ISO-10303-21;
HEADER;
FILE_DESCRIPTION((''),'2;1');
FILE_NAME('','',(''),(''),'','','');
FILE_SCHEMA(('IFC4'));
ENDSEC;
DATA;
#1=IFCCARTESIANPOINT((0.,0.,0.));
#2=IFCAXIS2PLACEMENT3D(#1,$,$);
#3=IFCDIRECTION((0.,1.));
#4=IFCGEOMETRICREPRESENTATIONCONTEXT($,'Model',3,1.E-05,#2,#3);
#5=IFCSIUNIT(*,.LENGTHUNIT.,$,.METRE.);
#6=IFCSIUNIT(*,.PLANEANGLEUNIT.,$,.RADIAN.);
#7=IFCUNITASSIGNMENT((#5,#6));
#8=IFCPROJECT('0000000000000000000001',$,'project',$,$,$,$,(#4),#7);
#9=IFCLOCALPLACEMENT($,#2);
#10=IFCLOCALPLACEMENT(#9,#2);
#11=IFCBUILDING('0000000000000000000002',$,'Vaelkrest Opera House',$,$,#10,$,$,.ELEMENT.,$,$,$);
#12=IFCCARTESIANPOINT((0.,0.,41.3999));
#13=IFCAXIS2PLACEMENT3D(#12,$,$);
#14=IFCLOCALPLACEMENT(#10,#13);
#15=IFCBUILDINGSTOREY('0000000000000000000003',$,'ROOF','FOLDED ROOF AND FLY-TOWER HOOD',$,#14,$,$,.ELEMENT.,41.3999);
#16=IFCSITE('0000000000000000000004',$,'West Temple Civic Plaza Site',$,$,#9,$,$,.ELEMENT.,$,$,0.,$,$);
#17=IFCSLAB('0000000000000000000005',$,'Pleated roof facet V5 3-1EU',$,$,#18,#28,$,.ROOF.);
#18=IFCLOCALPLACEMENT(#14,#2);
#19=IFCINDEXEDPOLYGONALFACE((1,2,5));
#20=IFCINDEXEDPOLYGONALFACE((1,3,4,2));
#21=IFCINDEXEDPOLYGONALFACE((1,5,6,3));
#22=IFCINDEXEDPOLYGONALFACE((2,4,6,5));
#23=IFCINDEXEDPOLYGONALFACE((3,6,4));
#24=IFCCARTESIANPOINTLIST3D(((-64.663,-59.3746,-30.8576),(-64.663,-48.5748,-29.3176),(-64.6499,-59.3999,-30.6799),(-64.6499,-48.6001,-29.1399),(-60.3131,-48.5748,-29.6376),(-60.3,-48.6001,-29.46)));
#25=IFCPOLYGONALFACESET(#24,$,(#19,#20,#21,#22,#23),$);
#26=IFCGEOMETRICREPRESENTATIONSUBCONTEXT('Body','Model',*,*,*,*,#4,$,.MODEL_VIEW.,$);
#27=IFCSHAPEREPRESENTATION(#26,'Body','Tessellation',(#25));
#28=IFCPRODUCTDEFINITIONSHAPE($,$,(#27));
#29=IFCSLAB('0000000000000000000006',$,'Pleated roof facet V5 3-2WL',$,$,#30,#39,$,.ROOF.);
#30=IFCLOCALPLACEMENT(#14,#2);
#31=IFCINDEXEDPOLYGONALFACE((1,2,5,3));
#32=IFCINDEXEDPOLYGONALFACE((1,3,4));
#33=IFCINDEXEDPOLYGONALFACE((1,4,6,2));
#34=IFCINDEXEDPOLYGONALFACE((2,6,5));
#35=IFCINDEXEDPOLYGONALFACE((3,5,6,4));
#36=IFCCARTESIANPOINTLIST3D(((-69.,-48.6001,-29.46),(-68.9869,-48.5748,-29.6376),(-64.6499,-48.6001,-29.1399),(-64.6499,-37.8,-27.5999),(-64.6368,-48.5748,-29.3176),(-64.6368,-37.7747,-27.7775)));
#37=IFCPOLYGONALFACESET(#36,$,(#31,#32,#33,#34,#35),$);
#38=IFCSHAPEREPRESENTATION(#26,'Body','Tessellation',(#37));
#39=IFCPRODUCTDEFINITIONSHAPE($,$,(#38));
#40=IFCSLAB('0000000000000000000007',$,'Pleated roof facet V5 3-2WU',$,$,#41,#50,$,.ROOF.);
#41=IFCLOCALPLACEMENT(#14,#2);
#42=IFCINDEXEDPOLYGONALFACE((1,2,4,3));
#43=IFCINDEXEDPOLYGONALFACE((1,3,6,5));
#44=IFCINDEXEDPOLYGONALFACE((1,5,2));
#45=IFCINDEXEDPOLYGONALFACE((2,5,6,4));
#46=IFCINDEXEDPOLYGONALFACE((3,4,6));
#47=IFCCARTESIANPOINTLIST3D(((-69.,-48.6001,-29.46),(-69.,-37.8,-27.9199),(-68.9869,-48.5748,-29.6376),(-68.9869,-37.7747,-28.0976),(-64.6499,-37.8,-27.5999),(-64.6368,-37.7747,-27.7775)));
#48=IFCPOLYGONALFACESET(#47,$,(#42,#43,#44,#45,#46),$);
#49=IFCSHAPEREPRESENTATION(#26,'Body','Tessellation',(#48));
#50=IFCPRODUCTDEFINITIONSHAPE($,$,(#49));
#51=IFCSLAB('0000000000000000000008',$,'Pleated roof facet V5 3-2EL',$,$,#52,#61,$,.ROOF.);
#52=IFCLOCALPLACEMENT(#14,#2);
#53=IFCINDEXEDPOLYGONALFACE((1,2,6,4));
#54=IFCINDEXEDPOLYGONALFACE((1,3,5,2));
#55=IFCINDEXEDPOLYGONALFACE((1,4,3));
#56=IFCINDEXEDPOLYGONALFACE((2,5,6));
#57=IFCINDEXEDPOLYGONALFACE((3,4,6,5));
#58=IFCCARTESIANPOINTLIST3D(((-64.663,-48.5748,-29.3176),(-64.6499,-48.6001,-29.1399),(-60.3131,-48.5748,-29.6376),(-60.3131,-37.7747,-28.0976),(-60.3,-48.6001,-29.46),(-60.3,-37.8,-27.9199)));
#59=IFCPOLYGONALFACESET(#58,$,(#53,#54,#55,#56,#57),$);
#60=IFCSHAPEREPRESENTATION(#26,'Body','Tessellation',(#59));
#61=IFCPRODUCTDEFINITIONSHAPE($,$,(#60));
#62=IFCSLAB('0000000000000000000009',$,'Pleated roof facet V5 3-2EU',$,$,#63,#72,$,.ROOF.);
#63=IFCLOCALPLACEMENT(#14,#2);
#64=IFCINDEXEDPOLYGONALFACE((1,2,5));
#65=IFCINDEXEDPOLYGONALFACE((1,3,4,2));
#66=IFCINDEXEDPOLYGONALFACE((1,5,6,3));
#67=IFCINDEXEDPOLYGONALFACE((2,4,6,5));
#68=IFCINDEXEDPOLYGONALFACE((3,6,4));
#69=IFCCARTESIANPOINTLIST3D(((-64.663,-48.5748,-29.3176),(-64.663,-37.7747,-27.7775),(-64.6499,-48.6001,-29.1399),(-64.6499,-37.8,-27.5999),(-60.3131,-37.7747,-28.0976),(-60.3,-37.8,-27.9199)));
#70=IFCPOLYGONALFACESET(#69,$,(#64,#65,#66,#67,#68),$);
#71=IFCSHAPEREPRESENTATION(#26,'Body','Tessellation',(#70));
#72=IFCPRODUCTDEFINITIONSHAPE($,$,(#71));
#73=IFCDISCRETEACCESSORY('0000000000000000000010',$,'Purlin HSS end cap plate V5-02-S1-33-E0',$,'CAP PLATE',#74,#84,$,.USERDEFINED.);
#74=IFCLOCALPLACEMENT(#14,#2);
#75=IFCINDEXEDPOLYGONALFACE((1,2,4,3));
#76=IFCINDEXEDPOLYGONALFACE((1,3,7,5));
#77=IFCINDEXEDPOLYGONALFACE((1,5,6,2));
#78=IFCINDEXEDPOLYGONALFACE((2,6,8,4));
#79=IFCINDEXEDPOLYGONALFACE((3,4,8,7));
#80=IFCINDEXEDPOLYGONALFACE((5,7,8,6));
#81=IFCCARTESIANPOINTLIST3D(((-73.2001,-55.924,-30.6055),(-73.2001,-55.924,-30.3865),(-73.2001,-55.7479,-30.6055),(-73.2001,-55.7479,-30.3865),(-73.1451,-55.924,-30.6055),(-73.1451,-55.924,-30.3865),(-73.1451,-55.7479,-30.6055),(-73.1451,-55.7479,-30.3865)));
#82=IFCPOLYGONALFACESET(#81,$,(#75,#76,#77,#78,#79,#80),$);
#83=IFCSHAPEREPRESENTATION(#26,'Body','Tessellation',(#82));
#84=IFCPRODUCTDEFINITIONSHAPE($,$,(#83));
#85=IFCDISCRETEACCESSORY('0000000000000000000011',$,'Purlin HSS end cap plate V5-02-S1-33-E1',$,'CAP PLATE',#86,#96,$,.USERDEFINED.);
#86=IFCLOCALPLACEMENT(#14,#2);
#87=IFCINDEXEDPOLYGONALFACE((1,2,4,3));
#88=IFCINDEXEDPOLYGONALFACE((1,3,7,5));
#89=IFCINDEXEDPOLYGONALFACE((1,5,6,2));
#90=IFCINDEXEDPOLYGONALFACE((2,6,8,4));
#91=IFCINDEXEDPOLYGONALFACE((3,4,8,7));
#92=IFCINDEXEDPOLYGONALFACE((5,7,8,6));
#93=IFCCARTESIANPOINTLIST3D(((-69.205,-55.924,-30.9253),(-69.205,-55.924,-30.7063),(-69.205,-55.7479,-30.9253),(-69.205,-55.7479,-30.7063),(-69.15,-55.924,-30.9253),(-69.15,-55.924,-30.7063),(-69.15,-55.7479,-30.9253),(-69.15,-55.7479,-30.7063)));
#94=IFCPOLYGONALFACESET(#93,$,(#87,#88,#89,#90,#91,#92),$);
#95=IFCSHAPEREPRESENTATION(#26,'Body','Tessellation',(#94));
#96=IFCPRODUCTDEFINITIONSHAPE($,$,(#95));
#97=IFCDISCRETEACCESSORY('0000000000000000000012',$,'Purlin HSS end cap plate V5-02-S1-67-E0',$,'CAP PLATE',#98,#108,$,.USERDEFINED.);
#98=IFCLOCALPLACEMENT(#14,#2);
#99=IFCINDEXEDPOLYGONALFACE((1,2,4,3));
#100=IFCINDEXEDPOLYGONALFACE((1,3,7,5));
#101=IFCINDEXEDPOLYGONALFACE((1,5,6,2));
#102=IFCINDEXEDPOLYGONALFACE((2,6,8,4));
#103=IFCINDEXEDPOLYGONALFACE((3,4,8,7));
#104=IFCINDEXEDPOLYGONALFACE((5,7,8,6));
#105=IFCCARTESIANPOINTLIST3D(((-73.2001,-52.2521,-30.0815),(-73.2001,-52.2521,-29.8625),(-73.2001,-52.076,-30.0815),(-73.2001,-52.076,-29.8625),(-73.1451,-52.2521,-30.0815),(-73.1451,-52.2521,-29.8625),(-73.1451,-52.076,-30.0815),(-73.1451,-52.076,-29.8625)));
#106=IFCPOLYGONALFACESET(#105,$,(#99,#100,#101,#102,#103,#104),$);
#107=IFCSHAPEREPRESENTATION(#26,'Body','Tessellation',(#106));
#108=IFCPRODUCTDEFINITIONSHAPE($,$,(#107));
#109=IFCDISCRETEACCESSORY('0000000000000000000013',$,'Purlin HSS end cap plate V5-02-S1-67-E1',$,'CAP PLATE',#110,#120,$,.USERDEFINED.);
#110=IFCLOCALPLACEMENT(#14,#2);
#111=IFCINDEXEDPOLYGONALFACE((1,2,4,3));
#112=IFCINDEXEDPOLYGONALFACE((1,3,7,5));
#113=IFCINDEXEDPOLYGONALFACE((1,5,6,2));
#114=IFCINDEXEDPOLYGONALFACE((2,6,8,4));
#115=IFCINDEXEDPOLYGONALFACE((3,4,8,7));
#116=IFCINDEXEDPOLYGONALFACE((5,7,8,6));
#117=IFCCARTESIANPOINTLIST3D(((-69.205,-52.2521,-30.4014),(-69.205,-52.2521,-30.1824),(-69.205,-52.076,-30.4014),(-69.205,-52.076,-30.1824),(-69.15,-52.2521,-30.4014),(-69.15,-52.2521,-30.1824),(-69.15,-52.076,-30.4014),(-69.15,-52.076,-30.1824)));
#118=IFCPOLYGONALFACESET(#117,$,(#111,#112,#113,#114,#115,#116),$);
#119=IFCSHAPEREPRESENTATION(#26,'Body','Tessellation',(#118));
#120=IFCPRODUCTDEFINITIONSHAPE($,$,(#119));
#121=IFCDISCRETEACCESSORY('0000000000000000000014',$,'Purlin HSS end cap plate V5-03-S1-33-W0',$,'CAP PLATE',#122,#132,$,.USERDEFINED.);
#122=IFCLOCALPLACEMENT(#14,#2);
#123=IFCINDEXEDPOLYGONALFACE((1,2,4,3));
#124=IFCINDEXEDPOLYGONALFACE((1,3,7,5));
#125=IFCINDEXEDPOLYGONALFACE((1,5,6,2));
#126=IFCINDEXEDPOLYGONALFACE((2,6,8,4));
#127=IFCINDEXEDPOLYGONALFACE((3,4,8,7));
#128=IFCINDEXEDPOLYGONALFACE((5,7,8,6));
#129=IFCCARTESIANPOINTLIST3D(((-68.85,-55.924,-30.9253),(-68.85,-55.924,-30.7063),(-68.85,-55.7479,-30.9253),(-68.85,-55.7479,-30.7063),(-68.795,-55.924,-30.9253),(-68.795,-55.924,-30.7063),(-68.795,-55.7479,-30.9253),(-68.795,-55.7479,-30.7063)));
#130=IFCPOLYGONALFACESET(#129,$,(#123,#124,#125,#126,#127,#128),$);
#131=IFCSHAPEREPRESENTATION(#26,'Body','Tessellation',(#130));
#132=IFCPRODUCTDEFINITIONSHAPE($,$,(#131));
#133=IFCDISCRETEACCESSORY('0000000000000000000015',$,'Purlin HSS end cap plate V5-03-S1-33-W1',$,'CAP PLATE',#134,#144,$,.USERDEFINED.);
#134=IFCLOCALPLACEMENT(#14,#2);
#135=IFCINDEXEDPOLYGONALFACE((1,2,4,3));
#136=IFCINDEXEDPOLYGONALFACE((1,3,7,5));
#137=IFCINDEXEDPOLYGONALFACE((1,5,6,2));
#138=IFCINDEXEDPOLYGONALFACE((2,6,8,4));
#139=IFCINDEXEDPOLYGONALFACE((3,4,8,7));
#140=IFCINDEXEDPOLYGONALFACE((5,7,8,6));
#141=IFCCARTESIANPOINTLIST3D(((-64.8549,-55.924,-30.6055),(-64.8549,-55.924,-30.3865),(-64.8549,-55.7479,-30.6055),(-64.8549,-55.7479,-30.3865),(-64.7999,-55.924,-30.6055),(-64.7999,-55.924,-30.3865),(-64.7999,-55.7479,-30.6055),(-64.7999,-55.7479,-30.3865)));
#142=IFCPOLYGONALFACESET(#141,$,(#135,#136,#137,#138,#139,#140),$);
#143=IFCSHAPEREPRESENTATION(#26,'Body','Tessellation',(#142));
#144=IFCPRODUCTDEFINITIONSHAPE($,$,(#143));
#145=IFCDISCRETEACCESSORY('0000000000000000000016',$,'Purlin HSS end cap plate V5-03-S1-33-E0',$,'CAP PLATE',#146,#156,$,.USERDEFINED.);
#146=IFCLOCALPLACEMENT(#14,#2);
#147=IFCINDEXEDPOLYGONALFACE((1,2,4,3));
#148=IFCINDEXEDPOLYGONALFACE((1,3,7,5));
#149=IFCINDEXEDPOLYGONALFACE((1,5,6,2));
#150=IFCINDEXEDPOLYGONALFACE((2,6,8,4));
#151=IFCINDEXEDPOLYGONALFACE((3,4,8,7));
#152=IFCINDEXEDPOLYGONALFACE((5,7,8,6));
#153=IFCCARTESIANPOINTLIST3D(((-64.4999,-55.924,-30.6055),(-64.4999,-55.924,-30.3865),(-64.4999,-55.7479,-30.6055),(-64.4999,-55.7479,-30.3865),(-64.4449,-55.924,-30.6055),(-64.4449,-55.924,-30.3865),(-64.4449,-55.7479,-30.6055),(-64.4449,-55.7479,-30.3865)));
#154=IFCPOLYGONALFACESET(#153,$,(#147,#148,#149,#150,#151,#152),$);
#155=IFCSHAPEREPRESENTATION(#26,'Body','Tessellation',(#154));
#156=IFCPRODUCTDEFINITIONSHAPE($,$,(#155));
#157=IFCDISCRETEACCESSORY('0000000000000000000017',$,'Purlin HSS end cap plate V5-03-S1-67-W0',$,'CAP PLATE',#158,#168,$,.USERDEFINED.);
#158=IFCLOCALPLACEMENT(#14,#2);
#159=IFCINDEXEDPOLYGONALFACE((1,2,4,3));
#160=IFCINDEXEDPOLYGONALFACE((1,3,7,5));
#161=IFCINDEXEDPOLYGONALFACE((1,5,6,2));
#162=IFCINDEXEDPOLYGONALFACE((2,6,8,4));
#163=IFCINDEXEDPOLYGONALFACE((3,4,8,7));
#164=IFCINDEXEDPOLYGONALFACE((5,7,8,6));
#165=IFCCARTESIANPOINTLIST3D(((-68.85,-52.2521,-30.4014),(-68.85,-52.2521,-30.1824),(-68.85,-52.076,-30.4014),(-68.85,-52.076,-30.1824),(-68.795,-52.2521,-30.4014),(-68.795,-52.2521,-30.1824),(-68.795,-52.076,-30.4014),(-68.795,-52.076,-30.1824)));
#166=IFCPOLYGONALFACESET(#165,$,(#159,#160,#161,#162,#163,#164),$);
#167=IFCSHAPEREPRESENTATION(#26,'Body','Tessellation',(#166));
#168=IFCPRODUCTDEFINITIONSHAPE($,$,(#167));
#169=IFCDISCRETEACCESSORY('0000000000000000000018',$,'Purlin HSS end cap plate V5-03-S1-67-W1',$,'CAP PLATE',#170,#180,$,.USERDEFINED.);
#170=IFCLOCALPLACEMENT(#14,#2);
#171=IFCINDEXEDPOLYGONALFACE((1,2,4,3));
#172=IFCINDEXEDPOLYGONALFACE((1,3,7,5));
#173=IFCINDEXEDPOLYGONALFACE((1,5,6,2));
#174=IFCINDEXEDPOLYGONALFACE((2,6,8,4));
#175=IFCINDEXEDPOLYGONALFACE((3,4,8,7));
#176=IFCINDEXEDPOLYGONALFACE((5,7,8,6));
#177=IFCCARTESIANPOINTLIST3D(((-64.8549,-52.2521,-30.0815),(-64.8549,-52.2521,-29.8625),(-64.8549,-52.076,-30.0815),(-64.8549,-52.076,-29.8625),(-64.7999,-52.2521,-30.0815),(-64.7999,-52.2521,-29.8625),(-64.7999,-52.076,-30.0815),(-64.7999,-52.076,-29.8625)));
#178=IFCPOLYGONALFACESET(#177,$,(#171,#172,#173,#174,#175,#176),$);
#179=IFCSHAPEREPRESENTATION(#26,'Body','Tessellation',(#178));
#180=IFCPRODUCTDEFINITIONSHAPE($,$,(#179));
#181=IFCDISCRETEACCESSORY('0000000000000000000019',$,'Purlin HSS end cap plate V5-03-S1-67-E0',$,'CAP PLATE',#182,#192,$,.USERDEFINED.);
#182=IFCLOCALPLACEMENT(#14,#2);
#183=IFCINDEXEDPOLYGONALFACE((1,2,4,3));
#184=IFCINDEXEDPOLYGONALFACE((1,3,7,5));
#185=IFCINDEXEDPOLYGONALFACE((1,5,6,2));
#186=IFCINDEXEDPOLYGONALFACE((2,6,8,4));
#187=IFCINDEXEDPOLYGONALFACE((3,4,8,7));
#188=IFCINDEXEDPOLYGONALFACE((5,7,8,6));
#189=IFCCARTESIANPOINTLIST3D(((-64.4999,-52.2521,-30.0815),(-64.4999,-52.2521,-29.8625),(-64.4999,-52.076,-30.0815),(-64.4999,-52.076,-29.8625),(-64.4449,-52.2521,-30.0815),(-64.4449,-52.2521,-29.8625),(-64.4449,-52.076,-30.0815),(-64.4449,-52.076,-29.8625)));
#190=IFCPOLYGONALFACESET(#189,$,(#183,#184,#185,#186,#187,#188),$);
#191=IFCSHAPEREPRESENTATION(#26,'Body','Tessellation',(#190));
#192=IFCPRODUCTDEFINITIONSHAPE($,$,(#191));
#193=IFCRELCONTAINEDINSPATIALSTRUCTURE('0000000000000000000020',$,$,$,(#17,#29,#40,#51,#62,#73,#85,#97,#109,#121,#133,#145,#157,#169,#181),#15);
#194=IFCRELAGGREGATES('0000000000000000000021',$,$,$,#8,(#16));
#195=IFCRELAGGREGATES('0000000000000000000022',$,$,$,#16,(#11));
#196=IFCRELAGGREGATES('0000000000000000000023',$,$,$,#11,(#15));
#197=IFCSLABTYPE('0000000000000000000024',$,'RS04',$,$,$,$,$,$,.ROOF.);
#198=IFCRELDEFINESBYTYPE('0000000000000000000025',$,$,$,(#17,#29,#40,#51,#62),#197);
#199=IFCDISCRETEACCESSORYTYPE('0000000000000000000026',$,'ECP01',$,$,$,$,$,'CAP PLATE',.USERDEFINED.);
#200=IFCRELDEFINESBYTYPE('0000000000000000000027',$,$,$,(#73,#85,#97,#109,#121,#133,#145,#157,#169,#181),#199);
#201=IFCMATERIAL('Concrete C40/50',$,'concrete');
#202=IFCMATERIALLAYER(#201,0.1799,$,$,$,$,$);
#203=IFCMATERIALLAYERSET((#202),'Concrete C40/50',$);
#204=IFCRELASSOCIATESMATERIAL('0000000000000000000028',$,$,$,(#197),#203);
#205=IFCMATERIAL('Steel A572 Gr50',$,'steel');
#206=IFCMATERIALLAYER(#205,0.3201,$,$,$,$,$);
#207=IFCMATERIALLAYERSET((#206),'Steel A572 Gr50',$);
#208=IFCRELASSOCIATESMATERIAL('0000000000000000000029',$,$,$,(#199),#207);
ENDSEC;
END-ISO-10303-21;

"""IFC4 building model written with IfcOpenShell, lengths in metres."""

from ifc_helpers import new_model, si_unit, direction, frame, origin, origin_2d, place, context, subcontext, project, spatial, polyline, rectangle, outline, extrude, material, layer, layer_set, type_object, element, save


model = new_model("IFC4")

# Units and contexts
model_context = context("Model", 3, precision=1e-05, world=origin(), true_north=direction((0.0, 1.0)))
body_context = subcontext(model_context, "Body", "Model", "MODEL_VIEW")
ifc_project = project(units=[si_unit("LENGTHUNIT", "METRE"), si_unit("PLANEANGLEUNIT", "RADIAN")], contexts=[model_context])

# Site, building, storey
site_placement = place(None, origin())
site = spatial("IfcSite", under=ifc_project, at=site_placement, Name="West Temple Civic Plaza Site", CompositionType="ELEMENT", RefElevation=0.0)
building_placement = place(site_placement, origin())
building = spatial("IfcBuilding", under=site, at=building_placement, Name="Vaelkrest Opera House", CompositionType="ELEMENT")
storey_placement = place(building_placement, frame((0.0, 0.0, 41.3999)))
storey = spatial("IfcBuildingStorey", under=building, at=storey_placement, Name="ROOF", Description="FOLDED ROOF AND FLY-TOWER HOOD", CompositionType="ELEMENT", Elevation=41.3999)

# Shared definitions
ifc_material_1 = material(Name="Steel A572 Gr50", Category="steel")

# Slabs
ifc_material_2 = material(Name="Concrete C40/50", Category="concrete")
ifc_layer_1 = layer(ifc_material_2, 0.1799)
ifc_layer_set_1 = layer_set([ifc_layer_1], Name="Concrete C40/50")
slab_type = type_object("IfcSlabType", Name="RS04", PredefinedType="ROOF", material=ifc_layer_set_1)
slab_1_placement = place(storey_placement, frame((-64.6499, -59.3999, -30.6799), z_axis=(0.072652, -0.140798, 0.987369), x_axis=(0.371572, 0.922537, 0.104212)))
element("IfcSlab", 1, at=slab_1_placement, inside=storey, type_object=slab_type, Name="Pleated roof facet V5 3-1EU", PredefinedType="ROOF", context=body_context, shape_type="SweptSolid", body=[
    extrude(outline(polyline([(0.0, 0.0), (11.7066, 0.0), (10.1237, 4.0642), (0.0, 0.0)])), origin(), (0.0, 0.0, -1.0), 0.1799),
])
slab_2_placement = place(storey_placement, frame((-69.0, -48.6001, -29.46), z_axis=(-0.072648, -0.140795, 0.98737), x_axis=(0.997304, 0.0, 0.073379)))
element("IfcSlab", 2, at=slab_2_placement, inside=storey, type_object=slab_type, Name="Pleated roof facet V5 3-2WL", PredefinedType="ROOF", context=body_context, shape_type="SweptSolid", body=[
    extrude(outline(polyline([(0.0, 0.0), (4.3619, 0.0), (4.4749, 10.9087), (0.0, 0.0)])), origin(), (0.0, 0.0, -1.0), 0.1799),
])
slab_3_placement = place(storey_placement, frame((-69.0, -48.6001, -29.46), z_axis=(-0.072648, -0.140795, 0.98737), x_axis=(0.368938, 0.915968, 0.157758)))
element("IfcSlab", 3, at=slab_3_placement, inside=storey, type_object=slab_type, Name="Pleated roof facet V5 3-2WU", PredefinedType="ROOF", context=body_context, shape_type="SweptSolid", body=[
    extrude(outline(polyline([(0.0, 0.0), (11.7909, 0.0), (10.1355, 4.0355), (0.0, 0.0)])), origin(), (0.0, 0.0, -1.0), 0.1799),
])
slab_4_placement = place(storey_placement, frame((-64.6499, -48.6001, -29.1399), z_axis=(0.072652, -0.140795, 0.98737), x_axis=(0.997304, 0.0, -0.073383)))
element("IfcSlab", 4, at=slab_4_placement, inside=storey, type_object=slab_type, Name="Pleated roof facet V5 3-2EL", PredefinedType="ROOF", context=body_context, shape_type="SweptSolid", body=[
    extrude(outline(polyline([(0.0, 0.0), (4.3616, 0.0), (4.2486, 10.9087), (0.0, 0.0)])), origin(), (0.0, 0.0, -1.0), 0.1799),
])
slab_5_placement = place(storey_placement, frame((-64.6499, -48.6001, -29.1399), z_axis=(0.072652, -0.140795, 0.98737), x_axis=(0.371564, 0.92254, 0.10421)))
element("IfcSlab", 5, at=slab_5_placement, inside=storey, type_object=slab_type, Name="Pleated roof facet V5 3-2EU", PredefinedType="ROOF", context=body_context, shape_type="SweptSolid", body=[
    extrude(outline(polyline([(0.0, 0.0), (11.7069, 0.0), (10.124, 4.0642), (0.0, 0.0)])), origin(), (0.0, 0.0, -1.0), 0.1799),
])

# Discrete accessories
ifc_layer_2 = layer(ifc_material_1, 0.3201)
ifc_layer_set_2 = layer_set([ifc_layer_2], Name="Steel A572 Gr50")
discrete_accessory_type = type_object("IfcDiscreteAccessoryType", Name="ECP01", ElementType="CAP PLATE", PredefinedType="USERDEFINED", material=ifc_layer_set_2)
for number, where, z_axis, x_axis, name in (
    (6, (-73.1726, -55.8359, -30.6055), (0.0, 0.0, 1.0), (1.0, 0.0, 0.0), "Purlin HSS end cap plate V5-02-S1-33-E0"),
    (7, (-69.1775, -55.8359, -30.9253), (0.0, 0.0, 1.0), (1.0, 0.0, 0.0), "Purlin HSS end cap plate V5-02-S1-33-E1"),
    (8, (-73.1726, -52.1641, -30.0815), (0.0, 0.0, 1.0), (1.0, 0.0, 0.0), "Purlin HSS end cap plate V5-02-S1-67-E0"),
    (9, (-69.1775, -52.1641, -30.4014), (0.0, 0.0, 1.0), (1.0, 0.0, 0.0), "Purlin HSS end cap plate V5-02-S1-67-E1"),
    (10, (-68.8225, -55.8359, -30.9253), (0.0, 0.0, 1.0), (1.0, 0.0, 0.0), "Purlin HSS end cap plate V5-03-S1-33-W0"),
    (11, (-64.8274, -55.8359, -30.6055), (0.0, 0.0, 1.0), (1.0, 0.0, 0.0), "Purlin HSS end cap plate V5-03-S1-33-W1"),
    (12, (-64.4724, -55.8359, -30.6055), (0.0, 0.0, 1.0), (1.0, 0.0, 0.0), "Purlin HSS end cap plate V5-03-S1-33-E0"),
    (13, (-68.8225, -52.1641, -30.4014), (0.0, 0.0, 1.0), (1.0, 0.0, 0.0), "Purlin HSS end cap plate V5-03-S1-67-W0"),
    (14, (-64.8274, -52.1641, -30.0815), (0.0, 0.0, 1.0), (1.0, 0.0, 0.0), "Purlin HSS end cap plate V5-03-S1-67-W1"),
    (15, (-64.4724, -52.1641, -30.0815), (0.0, 0.0, 1.0), (1.0, 0.0, 0.0), "Purlin HSS end cap plate V5-03-S1-67-E0"),
):
    element("IfcDiscreteAccessory", number, at=place(storey_placement, frame(where, z_axis=z_axis, x_axis=x_axis)), inside=storey, type_object=discrete_accessory_type, Name=name, ObjectType="CAP PLATE", PredefinedType="USERDEFINED", context=body_context, shape_type="SweptSolid", body=[
        extrude(rectangle(XDim=0.0549, YDim=0.176, at=origin_2d()), origin(), (0.0, 0.0, 1.0), 0.219),
    ])

save(model, "model.ifc")
